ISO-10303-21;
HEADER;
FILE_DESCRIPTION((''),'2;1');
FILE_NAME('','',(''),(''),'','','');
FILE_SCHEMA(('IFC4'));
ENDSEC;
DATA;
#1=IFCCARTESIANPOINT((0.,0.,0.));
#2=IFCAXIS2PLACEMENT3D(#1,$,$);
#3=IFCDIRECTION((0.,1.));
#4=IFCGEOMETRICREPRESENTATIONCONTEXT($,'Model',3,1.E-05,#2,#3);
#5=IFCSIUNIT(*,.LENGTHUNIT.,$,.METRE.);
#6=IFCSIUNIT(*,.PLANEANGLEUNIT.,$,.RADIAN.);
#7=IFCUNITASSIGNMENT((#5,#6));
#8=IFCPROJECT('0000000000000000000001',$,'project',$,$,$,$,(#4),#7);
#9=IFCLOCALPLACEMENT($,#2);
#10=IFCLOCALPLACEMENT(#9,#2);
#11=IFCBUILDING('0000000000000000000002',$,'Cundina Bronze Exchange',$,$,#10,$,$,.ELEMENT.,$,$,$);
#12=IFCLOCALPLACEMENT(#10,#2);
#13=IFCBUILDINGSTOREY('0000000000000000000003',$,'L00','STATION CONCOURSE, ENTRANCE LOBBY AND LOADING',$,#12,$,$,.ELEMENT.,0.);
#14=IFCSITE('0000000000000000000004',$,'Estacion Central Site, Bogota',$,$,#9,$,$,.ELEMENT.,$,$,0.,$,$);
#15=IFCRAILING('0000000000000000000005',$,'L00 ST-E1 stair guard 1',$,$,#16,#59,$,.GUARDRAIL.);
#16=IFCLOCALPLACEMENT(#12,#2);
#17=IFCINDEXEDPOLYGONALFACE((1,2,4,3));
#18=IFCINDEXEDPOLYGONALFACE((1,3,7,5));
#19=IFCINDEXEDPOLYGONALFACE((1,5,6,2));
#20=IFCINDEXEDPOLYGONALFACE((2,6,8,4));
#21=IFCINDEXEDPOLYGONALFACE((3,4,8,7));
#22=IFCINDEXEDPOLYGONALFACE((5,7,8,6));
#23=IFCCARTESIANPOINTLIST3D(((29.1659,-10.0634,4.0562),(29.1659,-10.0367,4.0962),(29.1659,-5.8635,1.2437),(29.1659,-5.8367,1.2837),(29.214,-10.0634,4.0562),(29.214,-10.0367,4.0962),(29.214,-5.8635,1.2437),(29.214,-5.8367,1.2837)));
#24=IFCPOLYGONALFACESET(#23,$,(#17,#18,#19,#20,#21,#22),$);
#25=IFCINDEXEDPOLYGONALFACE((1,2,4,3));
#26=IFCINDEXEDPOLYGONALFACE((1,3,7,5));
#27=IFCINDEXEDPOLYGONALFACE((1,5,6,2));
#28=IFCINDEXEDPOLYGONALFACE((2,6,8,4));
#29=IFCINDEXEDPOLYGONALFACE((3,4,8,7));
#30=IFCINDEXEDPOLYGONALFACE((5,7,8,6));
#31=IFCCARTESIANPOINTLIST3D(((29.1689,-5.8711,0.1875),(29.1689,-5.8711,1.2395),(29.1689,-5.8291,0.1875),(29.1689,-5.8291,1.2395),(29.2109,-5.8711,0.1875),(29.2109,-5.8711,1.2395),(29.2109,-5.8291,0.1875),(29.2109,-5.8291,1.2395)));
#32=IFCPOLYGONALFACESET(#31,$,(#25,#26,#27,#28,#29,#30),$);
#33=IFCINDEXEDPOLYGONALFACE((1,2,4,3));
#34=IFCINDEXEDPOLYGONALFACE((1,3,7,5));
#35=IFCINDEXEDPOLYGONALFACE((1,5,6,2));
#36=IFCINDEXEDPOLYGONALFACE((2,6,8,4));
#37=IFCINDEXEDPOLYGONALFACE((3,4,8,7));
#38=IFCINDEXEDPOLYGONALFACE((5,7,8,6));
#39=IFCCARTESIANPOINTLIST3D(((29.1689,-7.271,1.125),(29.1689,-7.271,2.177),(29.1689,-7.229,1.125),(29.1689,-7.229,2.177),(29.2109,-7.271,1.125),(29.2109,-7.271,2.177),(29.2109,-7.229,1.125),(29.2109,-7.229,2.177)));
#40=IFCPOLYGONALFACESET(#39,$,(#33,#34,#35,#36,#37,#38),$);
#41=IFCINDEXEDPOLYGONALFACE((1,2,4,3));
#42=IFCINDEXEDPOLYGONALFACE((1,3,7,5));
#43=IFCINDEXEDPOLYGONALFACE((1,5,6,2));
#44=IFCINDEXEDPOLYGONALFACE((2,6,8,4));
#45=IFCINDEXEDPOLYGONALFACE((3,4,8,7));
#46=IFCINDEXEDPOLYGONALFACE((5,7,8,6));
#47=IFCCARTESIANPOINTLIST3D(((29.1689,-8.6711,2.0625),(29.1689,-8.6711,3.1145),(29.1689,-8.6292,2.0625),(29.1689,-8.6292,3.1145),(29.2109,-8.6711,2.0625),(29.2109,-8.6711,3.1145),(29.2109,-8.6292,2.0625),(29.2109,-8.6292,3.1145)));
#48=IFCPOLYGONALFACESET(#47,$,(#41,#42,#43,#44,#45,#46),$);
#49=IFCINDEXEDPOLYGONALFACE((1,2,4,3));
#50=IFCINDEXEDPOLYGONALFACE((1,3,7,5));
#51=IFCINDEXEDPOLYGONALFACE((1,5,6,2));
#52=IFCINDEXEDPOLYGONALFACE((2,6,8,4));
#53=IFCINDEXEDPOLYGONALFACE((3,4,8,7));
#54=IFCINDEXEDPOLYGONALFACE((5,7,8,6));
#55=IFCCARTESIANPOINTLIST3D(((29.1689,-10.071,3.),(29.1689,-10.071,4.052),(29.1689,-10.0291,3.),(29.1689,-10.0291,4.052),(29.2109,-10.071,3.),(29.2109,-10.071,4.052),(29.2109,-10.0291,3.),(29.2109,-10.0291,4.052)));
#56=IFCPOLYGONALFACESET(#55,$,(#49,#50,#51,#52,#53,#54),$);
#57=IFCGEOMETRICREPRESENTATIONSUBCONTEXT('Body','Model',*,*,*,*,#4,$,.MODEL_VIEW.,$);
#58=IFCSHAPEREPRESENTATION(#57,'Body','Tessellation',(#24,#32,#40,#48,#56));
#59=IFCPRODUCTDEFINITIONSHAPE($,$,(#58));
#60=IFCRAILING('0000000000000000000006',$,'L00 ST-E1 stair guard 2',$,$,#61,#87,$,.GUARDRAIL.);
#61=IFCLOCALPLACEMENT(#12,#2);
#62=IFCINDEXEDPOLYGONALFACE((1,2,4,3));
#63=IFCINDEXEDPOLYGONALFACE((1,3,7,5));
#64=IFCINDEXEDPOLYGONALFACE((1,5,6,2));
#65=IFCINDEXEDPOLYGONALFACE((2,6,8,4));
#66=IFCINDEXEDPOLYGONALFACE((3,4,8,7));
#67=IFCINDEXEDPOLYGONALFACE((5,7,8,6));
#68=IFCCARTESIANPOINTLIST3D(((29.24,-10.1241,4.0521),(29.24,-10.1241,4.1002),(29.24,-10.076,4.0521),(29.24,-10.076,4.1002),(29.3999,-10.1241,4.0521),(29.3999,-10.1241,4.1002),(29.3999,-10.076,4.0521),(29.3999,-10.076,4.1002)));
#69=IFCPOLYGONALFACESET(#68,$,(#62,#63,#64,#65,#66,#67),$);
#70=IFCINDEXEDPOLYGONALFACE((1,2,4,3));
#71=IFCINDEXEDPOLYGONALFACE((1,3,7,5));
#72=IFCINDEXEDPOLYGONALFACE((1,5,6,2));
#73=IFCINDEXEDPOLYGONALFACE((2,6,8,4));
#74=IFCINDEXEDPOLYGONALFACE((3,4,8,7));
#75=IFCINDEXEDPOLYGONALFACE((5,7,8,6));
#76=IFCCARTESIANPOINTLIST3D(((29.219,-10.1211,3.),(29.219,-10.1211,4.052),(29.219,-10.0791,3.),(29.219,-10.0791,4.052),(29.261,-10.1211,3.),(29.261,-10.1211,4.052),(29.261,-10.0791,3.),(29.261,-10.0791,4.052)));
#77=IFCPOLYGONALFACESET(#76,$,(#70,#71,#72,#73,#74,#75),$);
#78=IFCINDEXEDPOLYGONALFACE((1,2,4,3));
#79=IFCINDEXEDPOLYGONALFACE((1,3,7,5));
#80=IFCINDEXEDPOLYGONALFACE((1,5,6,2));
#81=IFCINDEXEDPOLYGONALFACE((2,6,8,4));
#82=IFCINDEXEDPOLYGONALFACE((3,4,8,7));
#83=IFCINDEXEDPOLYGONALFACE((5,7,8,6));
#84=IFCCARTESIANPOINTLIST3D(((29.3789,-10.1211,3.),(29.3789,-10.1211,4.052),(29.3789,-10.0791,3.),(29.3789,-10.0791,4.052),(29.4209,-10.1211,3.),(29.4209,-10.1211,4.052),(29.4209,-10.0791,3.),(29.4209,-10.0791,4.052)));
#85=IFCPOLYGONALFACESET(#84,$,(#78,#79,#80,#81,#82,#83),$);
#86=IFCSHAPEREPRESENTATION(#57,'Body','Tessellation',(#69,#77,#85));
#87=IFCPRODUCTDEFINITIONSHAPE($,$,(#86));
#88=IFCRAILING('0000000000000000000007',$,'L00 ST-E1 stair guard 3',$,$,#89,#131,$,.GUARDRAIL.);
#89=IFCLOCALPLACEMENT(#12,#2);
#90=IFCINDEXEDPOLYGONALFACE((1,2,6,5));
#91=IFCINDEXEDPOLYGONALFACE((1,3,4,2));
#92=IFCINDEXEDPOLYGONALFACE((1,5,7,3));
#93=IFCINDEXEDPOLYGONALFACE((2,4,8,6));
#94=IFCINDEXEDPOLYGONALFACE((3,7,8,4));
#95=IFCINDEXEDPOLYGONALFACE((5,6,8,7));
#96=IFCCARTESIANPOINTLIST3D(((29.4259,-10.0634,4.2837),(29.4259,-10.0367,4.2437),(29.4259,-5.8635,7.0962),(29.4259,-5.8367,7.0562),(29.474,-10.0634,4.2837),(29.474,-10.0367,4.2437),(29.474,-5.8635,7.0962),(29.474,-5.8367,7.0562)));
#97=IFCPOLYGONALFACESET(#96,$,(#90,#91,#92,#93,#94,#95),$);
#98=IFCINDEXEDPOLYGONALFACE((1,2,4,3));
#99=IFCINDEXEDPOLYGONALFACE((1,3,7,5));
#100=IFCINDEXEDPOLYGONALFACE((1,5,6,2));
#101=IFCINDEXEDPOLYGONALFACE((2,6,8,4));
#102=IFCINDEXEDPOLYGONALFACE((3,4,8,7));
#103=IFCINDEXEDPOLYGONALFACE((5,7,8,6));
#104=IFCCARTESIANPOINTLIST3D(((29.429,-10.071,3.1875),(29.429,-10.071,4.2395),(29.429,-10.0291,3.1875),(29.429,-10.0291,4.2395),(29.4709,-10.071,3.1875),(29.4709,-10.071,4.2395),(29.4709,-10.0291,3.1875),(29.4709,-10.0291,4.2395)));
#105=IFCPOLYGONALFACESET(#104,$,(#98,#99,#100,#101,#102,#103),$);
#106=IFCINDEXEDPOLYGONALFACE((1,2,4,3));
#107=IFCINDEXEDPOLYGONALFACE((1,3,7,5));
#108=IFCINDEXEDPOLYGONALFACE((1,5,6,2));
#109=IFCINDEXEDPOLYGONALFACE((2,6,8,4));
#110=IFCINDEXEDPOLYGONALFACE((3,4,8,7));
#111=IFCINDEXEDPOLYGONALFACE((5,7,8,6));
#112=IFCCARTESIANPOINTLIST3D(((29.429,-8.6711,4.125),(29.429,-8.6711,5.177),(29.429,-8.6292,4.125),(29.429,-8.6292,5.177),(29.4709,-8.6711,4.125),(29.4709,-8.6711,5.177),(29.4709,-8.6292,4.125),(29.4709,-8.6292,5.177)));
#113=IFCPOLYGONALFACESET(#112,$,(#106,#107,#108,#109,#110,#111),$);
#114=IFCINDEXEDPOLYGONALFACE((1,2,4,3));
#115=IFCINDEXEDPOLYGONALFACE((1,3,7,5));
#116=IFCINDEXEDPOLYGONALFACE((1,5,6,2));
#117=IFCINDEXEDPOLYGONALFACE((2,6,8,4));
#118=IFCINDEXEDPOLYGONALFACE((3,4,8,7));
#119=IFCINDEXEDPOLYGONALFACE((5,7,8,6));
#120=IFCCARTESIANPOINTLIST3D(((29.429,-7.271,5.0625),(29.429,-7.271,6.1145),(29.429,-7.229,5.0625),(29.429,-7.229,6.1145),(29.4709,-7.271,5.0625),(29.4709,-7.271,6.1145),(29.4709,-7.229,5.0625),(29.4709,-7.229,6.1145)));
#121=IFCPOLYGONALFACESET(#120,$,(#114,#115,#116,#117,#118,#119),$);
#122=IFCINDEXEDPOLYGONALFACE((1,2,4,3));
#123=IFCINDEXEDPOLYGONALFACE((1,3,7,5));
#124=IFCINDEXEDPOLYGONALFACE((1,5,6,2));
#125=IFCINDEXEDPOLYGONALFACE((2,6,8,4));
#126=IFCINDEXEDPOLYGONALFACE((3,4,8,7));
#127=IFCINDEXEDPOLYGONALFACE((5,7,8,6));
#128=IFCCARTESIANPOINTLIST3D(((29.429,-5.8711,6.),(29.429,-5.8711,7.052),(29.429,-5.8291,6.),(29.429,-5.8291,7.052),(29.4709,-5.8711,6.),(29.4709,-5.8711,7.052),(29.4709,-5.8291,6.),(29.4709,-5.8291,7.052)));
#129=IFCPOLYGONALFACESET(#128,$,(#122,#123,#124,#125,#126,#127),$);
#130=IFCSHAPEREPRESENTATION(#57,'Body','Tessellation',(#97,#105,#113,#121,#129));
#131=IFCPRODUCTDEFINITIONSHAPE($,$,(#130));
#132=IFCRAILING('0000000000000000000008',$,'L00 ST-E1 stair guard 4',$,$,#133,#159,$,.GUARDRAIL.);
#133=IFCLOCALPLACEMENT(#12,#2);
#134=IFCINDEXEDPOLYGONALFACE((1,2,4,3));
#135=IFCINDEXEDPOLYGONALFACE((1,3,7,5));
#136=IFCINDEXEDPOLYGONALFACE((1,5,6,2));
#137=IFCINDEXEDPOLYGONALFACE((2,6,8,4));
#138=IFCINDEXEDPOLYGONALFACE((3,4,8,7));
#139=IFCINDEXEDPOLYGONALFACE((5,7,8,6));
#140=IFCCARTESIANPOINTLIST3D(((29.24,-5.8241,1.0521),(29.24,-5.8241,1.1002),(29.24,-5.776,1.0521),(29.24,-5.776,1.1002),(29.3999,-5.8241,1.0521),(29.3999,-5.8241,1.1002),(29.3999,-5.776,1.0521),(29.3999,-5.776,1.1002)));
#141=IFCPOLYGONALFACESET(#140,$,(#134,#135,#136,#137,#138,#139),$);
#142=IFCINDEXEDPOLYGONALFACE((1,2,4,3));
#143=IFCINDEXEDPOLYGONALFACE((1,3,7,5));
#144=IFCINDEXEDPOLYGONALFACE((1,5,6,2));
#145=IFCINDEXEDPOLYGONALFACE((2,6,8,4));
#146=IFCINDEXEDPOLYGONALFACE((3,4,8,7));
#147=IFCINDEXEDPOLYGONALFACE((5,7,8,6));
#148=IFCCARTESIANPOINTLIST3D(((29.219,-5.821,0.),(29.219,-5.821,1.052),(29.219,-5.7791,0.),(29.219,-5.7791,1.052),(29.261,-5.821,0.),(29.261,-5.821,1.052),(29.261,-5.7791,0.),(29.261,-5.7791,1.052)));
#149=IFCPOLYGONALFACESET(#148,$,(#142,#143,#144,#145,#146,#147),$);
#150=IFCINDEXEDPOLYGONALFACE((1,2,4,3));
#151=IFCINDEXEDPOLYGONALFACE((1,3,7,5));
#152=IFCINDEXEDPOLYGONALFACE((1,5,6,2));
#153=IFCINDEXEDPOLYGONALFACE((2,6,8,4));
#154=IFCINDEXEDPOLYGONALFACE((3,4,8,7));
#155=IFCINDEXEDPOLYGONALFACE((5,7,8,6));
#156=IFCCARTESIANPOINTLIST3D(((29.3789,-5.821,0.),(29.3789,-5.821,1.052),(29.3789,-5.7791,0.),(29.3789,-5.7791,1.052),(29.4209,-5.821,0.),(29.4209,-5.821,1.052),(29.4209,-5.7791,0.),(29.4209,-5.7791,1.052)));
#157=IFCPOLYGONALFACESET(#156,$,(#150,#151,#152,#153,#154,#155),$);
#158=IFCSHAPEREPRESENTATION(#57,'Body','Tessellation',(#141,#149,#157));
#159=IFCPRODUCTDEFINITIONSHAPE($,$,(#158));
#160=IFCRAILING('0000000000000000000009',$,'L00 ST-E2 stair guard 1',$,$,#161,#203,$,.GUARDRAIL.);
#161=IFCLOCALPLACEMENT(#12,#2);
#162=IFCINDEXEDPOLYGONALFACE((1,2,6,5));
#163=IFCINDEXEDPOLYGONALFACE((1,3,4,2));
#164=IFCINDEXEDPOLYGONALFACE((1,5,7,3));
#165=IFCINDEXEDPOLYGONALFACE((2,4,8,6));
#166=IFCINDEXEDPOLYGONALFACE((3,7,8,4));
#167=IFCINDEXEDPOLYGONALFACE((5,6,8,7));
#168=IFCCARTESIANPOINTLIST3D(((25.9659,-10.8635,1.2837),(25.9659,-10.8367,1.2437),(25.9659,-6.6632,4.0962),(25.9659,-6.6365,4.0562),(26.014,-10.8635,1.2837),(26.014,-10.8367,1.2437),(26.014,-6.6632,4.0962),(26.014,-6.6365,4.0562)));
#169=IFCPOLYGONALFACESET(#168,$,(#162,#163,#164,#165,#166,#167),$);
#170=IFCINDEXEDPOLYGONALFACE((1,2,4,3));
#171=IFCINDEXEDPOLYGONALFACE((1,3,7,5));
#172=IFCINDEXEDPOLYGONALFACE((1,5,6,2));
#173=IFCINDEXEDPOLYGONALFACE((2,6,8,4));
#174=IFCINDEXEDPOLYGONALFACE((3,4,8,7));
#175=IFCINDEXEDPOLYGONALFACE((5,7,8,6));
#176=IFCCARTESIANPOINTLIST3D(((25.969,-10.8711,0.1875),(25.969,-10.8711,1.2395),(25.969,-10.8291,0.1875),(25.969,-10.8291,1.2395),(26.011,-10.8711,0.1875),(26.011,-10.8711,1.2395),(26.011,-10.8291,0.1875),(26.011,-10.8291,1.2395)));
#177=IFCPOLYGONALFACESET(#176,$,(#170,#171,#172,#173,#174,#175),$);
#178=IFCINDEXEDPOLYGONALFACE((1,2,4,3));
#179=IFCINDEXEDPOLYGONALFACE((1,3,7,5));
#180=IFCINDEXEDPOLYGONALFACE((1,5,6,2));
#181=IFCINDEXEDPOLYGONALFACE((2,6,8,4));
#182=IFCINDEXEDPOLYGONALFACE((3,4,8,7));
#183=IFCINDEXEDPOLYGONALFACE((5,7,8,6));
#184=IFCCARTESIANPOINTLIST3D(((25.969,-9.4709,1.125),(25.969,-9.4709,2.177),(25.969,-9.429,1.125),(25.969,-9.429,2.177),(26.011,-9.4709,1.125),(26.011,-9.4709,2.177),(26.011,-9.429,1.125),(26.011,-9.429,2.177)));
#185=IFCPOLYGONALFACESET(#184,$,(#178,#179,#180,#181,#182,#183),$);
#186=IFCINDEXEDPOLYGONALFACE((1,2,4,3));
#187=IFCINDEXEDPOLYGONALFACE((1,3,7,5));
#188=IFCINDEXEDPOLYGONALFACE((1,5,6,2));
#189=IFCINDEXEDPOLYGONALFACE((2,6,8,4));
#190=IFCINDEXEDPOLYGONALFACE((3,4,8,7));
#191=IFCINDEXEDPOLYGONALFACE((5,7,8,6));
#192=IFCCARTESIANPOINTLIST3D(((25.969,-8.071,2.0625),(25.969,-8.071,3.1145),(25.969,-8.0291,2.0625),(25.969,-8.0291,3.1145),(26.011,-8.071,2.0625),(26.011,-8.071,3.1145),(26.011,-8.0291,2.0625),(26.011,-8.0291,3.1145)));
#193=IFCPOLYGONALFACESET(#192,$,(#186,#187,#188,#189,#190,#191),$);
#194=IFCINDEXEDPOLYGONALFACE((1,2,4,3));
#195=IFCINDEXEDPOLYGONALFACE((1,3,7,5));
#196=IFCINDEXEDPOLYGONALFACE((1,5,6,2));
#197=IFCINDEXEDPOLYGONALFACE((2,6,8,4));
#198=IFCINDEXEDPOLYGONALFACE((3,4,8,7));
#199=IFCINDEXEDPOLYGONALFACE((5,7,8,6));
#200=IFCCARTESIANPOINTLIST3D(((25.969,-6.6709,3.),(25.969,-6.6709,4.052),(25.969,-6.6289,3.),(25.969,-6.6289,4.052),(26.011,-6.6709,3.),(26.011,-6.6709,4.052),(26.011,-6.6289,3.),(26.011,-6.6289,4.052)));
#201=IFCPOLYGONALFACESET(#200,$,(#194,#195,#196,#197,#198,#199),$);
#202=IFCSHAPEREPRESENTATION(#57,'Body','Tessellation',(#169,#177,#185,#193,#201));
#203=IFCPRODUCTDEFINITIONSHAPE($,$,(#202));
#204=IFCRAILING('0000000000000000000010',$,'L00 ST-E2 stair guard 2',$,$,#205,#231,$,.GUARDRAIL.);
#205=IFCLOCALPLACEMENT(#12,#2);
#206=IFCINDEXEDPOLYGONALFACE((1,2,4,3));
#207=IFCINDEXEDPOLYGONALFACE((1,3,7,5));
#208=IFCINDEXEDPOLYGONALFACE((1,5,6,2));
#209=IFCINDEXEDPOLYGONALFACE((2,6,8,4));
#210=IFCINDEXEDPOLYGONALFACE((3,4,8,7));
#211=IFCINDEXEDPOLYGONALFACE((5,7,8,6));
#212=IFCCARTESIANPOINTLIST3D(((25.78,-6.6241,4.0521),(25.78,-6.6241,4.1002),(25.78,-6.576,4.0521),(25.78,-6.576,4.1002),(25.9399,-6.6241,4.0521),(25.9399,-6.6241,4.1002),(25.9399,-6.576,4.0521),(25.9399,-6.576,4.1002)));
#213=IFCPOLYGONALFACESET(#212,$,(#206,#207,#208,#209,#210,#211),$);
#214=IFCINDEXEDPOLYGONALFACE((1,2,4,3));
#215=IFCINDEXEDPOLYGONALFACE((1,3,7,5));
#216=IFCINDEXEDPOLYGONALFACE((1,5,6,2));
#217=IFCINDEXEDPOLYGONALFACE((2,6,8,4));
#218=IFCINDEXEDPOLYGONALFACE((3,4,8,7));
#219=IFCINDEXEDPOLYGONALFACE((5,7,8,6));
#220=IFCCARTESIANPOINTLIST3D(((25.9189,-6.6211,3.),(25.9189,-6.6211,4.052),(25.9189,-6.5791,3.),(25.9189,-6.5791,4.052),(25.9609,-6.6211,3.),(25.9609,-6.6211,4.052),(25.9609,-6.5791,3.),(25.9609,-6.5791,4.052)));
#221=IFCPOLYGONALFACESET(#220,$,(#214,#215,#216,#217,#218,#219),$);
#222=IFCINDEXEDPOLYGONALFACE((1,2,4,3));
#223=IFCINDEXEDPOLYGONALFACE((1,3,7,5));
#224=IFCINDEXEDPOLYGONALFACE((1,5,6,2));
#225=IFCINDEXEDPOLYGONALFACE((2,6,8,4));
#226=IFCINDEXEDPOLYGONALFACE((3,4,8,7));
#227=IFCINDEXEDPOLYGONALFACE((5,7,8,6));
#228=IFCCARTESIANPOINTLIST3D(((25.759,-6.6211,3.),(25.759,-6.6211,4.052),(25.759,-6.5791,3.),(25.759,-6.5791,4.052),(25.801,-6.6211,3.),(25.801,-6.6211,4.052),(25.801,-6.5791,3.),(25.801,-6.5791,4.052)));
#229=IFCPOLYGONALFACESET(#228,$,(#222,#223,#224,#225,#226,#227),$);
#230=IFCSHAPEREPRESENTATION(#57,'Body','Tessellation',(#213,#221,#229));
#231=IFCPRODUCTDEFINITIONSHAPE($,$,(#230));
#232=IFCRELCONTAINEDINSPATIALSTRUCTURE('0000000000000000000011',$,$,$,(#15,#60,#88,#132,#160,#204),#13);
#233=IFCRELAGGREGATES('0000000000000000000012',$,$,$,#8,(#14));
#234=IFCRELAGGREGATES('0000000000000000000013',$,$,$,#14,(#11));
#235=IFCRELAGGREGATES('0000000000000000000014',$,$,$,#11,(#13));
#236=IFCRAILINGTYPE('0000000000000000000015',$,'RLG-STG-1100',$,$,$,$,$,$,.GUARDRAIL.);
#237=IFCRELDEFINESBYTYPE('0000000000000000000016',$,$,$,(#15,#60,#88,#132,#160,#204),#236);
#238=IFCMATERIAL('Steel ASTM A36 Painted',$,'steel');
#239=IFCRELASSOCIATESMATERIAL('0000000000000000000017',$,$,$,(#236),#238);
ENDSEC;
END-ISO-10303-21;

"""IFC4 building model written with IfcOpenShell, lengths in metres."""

from ifc_helpers import new_model, si_unit, direction, frame, origin, origin_2d, place, context, subcontext, project, spatial, rectangle, extrude, material, type_object, element, save


model = new_model("IFC4")

# Units and contexts
model_context = context("Model", 3, precision=1e-05, world=origin(), true_north=direction((0.0, 1.0)))
body_context = subcontext(model_context, "Body", "Model", "MODEL_VIEW")
ifc_project = project(units=[si_unit("LENGTHUNIT", "METRE"), si_unit("PLANEANGLEUNIT", "RADIAN")], contexts=[model_context])

# Site, building, storey
site_placement = place(None, origin())
site = spatial("IfcSite", under=ifc_project, at=site_placement, Name="Estacion Central Site, Bogota", CompositionType="ELEMENT", RefElevation=0.0)
building_placement = place(site_placement, origin())
building = spatial("IfcBuilding", under=site, at=building_placement, Name="Cundina Bronze Exchange", CompositionType="ELEMENT")
storey_placement = place(building_placement, origin())
storey = spatial("IfcBuildingStorey", under=building, at=storey_placement, Name="L00", Description="STATION CONCOURSE, ENTRANCE LOBBY AND LOADING", CompositionType="ELEMENT", Elevation=0.0)

# Shared definitions
ifc_material_1 = material(Name="Steel ASTM A36 Painted", Category="steel")

# Railings
railing_type_1 = type_object("IfcRailingType", Name="RLG-STG-1100", PredefinedType="GUARDRAIL", material=ifc_material_1)
railing_1_placement = place(storey_placement, frame((29.1899, -5.8501, 0.1875)))
element("IfcRailing", 1, at=railing_1_placement, inside=storey, type_object=railing_type_1, Name="L00 ST-E1 stair guard 1", PredefinedType="GUARDRAIL", context=body_context, shape_type="SweptSolid", body=[
    extrude(rectangle(XDim=0.0481, YDim=0.0481, at=origin_2d()), frame((0.0, 0.0, 1.0762), z_axis=(0.0, -0.830904, 0.556416), x_axis=(1.0, 0.0, 0.0)), (0.0, 0.0, 1.0), 5.0547),
    extrude(rectangle(XDim=0.042, YDim=0.042, at=origin_2d()), origin(), (0.0, 0.0, 1.0), 1.052),
    extrude(rectangle(XDim=0.042, YDim=0.042, at=origin_2d()), frame((0.0, -1.3999, 0.9375)), (0.0, 0.0, 1.0), 1.052),
    extrude(rectangle(XDim=0.042, YDim=0.042, at=origin_2d()), frame((0.0, -2.8, 1.875)), (0.0, 0.0, 1.0), 1.052),
    extrude(rectangle(XDim=0.042, YDim=0.042, at=origin_2d()), frame((0.0, -4.2, 2.8125)), (0.0, 0.0, 1.0), 1.052),
])
railing_2_placement = place(storey_placement, frame((29.24, -10.1001, 3.0)))
element("IfcRailing", 2, at=railing_2_placement, inside=storey, type_object=railing_type_1, Name="L00 ST-E1 stair guard 2", PredefinedType="GUARDRAIL", context=body_context, shape_type="SweptSolid", body=[
    extrude(rectangle(XDim=0.0481, YDim=0.0481, at=origin_2d()), frame((0.0, 0.0, 1.0762), z_axis=(1.0, 0.0, 0.0), x_axis=(0.0, 1.0, 0.0)), (0.0, 0.0, 1.0), 0.1599),
    extrude(rectangle(XDim=0.042, YDim=0.042, at=origin_2d()), origin(), (0.0, 0.0, 1.0), 1.052),
    extrude(rectangle(XDim=0.042, YDim=0.042, at=origin_2d()), frame((0.1599, 0.0, 0.0)), (0.0, 0.0, 1.0), 1.052),
])
railing_3_placement = place(storey_placement, frame((29.45, -10.05, 3.1875)))
element("IfcRailing", 3, at=railing_3_placement, inside=storey, type_object=railing_type_1, Name="L00 ST-E1 stair guard 3", PredefinedType="GUARDRAIL", context=body_context, shape_type="SweptSolid", body=[
    extrude(rectangle(XDim=0.0481, YDim=0.0481, at=origin_2d()), frame((0.0, 0.0, 1.0762), z_axis=(0.0, 0.830904, 0.556416), x_axis=(-1.0, 0.0, 0.0)), (0.0, 0.0, 1.0), 5.0547),
    extrude(rectangle(XDim=0.042, YDim=0.042, at=origin_2d()), origin(), (0.0, 0.0, 1.0), 1.052),
    extrude(rectangle(XDim=0.042, YDim=0.042, at=origin_2d()), frame((0.0, 1.3999, 0.9375)), (0.0, 0.0, 1.0), 1.052),
    extrude(rectangle(XDim=0.042, YDim=0.042, at=origin_2d()), frame((0.0, 2.8, 1.875)), (0.0, 0.0, 1.0), 1.052),
    extrude(rectangle(XDim=0.042, YDim=0.042, at=origin_2d()), frame((0.0, 4.2, 2.8125)), (0.0, 0.0, 1.0), 1.052),
])
railing_4_placement = place(storey_placement, frame((29.24, -5.8, 0.0)))
element("IfcRailing", 4, at=railing_4_placement, inside=storey, type_object=railing_type_1, Name="L00 ST-E1 stair guard 4", PredefinedType="GUARDRAIL", context=body_context, shape_type="SweptSolid", body=[
    extrude(rectangle(XDim=0.0481, YDim=0.0481, at=origin_2d()), frame((0.0, 0.0, 1.0762), z_axis=(1.0, 0.0, 0.0), x_axis=(0.0, 1.0, 0.0)), (0.0, 0.0, 1.0), 0.1599),
    extrude(rectangle(XDim=0.042, YDim=0.042, at=origin_2d()), origin(), (0.0, 0.0, 1.0), 1.052),
    extrude(rectangle(XDim=0.042, YDim=0.042, at=origin_2d()), frame((0.1599, 0.0, 0.0)), (0.0, 0.0, 1.0), 1.052),
])
railing_5_placement = place(storey_placement, frame((25.99, -10.8501, 0.1875)))
element("IfcRailing", 5, at=railing_5_placement, inside=storey, type_object=railing_type_1, Name="L00 ST-E2 stair guard 1", PredefinedType="GUARDRAIL", context=body_context, shape_type="SweptSolid", body=[
    extrude(rectangle(XDim=0.0481, YDim=0.0481, at=origin_2d()), frame((0.0, 0.0, 1.0762), z_axis=(0.0, 0.830919, 0.556393), x_axis=(-1.0, 0.0, 0.0)), (0.0, 0.0, 1.0), 5.0549),
    extrude(rectangle(XDim=0.042, YDim=0.042, at=origin_2d()), origin(), (0.0, 0.0, 1.0), 1.052),
    extrude(rectangle(XDim=0.042, YDim=0.042, at=origin_2d()), frame((0.0, 1.4001, 0.9375)), (0.0, 0.0, 1.0), 1.052),
    extrude(rectangle(XDim=0.042, YDim=0.042, at=origin_2d()), frame((0.0, 2.8, 1.875)), (0.0, 0.0, 1.0), 1.052),
    extrude(rectangle(XDim=0.042, YDim=0.042, at=origin_2d()), frame((0.0, 4.2002, 2.8125)), (0.0, 0.0, 1.0), 1.052),
])
railing_6_placement = place(storey_placement, frame((25.9399, -6.6001, 3.0)))
element("IfcRailing", 6, at=railing_6_placement, inside=storey, type_object=railing_type_1, Name="L00 ST-E2 stair guard 2", PredefinedType="GUARDRAIL", context=body_context, shape_type="SweptSolid", body=[
    extrude(rectangle(XDim=0.0481, YDim=0.0481, at=origin_2d()), frame((0.0, 0.0, 1.0762), z_axis=(-1.0, 0.0, 0.0), x_axis=(0.0, -1.0, 0.0)), (0.0, 0.0, 1.0), 0.1599),
    extrude(rectangle(XDim=0.042, YDim=0.042, at=origin_2d()), origin(), (0.0, 0.0, 1.0), 1.052),
    extrude(rectangle(XDim=0.042, YDim=0.042, at=origin_2d()), frame((-0.1599, 0.0, 0.0)), (0.0, 0.0, 1.0), 1.052),
])

save(model, "model.ifc")
